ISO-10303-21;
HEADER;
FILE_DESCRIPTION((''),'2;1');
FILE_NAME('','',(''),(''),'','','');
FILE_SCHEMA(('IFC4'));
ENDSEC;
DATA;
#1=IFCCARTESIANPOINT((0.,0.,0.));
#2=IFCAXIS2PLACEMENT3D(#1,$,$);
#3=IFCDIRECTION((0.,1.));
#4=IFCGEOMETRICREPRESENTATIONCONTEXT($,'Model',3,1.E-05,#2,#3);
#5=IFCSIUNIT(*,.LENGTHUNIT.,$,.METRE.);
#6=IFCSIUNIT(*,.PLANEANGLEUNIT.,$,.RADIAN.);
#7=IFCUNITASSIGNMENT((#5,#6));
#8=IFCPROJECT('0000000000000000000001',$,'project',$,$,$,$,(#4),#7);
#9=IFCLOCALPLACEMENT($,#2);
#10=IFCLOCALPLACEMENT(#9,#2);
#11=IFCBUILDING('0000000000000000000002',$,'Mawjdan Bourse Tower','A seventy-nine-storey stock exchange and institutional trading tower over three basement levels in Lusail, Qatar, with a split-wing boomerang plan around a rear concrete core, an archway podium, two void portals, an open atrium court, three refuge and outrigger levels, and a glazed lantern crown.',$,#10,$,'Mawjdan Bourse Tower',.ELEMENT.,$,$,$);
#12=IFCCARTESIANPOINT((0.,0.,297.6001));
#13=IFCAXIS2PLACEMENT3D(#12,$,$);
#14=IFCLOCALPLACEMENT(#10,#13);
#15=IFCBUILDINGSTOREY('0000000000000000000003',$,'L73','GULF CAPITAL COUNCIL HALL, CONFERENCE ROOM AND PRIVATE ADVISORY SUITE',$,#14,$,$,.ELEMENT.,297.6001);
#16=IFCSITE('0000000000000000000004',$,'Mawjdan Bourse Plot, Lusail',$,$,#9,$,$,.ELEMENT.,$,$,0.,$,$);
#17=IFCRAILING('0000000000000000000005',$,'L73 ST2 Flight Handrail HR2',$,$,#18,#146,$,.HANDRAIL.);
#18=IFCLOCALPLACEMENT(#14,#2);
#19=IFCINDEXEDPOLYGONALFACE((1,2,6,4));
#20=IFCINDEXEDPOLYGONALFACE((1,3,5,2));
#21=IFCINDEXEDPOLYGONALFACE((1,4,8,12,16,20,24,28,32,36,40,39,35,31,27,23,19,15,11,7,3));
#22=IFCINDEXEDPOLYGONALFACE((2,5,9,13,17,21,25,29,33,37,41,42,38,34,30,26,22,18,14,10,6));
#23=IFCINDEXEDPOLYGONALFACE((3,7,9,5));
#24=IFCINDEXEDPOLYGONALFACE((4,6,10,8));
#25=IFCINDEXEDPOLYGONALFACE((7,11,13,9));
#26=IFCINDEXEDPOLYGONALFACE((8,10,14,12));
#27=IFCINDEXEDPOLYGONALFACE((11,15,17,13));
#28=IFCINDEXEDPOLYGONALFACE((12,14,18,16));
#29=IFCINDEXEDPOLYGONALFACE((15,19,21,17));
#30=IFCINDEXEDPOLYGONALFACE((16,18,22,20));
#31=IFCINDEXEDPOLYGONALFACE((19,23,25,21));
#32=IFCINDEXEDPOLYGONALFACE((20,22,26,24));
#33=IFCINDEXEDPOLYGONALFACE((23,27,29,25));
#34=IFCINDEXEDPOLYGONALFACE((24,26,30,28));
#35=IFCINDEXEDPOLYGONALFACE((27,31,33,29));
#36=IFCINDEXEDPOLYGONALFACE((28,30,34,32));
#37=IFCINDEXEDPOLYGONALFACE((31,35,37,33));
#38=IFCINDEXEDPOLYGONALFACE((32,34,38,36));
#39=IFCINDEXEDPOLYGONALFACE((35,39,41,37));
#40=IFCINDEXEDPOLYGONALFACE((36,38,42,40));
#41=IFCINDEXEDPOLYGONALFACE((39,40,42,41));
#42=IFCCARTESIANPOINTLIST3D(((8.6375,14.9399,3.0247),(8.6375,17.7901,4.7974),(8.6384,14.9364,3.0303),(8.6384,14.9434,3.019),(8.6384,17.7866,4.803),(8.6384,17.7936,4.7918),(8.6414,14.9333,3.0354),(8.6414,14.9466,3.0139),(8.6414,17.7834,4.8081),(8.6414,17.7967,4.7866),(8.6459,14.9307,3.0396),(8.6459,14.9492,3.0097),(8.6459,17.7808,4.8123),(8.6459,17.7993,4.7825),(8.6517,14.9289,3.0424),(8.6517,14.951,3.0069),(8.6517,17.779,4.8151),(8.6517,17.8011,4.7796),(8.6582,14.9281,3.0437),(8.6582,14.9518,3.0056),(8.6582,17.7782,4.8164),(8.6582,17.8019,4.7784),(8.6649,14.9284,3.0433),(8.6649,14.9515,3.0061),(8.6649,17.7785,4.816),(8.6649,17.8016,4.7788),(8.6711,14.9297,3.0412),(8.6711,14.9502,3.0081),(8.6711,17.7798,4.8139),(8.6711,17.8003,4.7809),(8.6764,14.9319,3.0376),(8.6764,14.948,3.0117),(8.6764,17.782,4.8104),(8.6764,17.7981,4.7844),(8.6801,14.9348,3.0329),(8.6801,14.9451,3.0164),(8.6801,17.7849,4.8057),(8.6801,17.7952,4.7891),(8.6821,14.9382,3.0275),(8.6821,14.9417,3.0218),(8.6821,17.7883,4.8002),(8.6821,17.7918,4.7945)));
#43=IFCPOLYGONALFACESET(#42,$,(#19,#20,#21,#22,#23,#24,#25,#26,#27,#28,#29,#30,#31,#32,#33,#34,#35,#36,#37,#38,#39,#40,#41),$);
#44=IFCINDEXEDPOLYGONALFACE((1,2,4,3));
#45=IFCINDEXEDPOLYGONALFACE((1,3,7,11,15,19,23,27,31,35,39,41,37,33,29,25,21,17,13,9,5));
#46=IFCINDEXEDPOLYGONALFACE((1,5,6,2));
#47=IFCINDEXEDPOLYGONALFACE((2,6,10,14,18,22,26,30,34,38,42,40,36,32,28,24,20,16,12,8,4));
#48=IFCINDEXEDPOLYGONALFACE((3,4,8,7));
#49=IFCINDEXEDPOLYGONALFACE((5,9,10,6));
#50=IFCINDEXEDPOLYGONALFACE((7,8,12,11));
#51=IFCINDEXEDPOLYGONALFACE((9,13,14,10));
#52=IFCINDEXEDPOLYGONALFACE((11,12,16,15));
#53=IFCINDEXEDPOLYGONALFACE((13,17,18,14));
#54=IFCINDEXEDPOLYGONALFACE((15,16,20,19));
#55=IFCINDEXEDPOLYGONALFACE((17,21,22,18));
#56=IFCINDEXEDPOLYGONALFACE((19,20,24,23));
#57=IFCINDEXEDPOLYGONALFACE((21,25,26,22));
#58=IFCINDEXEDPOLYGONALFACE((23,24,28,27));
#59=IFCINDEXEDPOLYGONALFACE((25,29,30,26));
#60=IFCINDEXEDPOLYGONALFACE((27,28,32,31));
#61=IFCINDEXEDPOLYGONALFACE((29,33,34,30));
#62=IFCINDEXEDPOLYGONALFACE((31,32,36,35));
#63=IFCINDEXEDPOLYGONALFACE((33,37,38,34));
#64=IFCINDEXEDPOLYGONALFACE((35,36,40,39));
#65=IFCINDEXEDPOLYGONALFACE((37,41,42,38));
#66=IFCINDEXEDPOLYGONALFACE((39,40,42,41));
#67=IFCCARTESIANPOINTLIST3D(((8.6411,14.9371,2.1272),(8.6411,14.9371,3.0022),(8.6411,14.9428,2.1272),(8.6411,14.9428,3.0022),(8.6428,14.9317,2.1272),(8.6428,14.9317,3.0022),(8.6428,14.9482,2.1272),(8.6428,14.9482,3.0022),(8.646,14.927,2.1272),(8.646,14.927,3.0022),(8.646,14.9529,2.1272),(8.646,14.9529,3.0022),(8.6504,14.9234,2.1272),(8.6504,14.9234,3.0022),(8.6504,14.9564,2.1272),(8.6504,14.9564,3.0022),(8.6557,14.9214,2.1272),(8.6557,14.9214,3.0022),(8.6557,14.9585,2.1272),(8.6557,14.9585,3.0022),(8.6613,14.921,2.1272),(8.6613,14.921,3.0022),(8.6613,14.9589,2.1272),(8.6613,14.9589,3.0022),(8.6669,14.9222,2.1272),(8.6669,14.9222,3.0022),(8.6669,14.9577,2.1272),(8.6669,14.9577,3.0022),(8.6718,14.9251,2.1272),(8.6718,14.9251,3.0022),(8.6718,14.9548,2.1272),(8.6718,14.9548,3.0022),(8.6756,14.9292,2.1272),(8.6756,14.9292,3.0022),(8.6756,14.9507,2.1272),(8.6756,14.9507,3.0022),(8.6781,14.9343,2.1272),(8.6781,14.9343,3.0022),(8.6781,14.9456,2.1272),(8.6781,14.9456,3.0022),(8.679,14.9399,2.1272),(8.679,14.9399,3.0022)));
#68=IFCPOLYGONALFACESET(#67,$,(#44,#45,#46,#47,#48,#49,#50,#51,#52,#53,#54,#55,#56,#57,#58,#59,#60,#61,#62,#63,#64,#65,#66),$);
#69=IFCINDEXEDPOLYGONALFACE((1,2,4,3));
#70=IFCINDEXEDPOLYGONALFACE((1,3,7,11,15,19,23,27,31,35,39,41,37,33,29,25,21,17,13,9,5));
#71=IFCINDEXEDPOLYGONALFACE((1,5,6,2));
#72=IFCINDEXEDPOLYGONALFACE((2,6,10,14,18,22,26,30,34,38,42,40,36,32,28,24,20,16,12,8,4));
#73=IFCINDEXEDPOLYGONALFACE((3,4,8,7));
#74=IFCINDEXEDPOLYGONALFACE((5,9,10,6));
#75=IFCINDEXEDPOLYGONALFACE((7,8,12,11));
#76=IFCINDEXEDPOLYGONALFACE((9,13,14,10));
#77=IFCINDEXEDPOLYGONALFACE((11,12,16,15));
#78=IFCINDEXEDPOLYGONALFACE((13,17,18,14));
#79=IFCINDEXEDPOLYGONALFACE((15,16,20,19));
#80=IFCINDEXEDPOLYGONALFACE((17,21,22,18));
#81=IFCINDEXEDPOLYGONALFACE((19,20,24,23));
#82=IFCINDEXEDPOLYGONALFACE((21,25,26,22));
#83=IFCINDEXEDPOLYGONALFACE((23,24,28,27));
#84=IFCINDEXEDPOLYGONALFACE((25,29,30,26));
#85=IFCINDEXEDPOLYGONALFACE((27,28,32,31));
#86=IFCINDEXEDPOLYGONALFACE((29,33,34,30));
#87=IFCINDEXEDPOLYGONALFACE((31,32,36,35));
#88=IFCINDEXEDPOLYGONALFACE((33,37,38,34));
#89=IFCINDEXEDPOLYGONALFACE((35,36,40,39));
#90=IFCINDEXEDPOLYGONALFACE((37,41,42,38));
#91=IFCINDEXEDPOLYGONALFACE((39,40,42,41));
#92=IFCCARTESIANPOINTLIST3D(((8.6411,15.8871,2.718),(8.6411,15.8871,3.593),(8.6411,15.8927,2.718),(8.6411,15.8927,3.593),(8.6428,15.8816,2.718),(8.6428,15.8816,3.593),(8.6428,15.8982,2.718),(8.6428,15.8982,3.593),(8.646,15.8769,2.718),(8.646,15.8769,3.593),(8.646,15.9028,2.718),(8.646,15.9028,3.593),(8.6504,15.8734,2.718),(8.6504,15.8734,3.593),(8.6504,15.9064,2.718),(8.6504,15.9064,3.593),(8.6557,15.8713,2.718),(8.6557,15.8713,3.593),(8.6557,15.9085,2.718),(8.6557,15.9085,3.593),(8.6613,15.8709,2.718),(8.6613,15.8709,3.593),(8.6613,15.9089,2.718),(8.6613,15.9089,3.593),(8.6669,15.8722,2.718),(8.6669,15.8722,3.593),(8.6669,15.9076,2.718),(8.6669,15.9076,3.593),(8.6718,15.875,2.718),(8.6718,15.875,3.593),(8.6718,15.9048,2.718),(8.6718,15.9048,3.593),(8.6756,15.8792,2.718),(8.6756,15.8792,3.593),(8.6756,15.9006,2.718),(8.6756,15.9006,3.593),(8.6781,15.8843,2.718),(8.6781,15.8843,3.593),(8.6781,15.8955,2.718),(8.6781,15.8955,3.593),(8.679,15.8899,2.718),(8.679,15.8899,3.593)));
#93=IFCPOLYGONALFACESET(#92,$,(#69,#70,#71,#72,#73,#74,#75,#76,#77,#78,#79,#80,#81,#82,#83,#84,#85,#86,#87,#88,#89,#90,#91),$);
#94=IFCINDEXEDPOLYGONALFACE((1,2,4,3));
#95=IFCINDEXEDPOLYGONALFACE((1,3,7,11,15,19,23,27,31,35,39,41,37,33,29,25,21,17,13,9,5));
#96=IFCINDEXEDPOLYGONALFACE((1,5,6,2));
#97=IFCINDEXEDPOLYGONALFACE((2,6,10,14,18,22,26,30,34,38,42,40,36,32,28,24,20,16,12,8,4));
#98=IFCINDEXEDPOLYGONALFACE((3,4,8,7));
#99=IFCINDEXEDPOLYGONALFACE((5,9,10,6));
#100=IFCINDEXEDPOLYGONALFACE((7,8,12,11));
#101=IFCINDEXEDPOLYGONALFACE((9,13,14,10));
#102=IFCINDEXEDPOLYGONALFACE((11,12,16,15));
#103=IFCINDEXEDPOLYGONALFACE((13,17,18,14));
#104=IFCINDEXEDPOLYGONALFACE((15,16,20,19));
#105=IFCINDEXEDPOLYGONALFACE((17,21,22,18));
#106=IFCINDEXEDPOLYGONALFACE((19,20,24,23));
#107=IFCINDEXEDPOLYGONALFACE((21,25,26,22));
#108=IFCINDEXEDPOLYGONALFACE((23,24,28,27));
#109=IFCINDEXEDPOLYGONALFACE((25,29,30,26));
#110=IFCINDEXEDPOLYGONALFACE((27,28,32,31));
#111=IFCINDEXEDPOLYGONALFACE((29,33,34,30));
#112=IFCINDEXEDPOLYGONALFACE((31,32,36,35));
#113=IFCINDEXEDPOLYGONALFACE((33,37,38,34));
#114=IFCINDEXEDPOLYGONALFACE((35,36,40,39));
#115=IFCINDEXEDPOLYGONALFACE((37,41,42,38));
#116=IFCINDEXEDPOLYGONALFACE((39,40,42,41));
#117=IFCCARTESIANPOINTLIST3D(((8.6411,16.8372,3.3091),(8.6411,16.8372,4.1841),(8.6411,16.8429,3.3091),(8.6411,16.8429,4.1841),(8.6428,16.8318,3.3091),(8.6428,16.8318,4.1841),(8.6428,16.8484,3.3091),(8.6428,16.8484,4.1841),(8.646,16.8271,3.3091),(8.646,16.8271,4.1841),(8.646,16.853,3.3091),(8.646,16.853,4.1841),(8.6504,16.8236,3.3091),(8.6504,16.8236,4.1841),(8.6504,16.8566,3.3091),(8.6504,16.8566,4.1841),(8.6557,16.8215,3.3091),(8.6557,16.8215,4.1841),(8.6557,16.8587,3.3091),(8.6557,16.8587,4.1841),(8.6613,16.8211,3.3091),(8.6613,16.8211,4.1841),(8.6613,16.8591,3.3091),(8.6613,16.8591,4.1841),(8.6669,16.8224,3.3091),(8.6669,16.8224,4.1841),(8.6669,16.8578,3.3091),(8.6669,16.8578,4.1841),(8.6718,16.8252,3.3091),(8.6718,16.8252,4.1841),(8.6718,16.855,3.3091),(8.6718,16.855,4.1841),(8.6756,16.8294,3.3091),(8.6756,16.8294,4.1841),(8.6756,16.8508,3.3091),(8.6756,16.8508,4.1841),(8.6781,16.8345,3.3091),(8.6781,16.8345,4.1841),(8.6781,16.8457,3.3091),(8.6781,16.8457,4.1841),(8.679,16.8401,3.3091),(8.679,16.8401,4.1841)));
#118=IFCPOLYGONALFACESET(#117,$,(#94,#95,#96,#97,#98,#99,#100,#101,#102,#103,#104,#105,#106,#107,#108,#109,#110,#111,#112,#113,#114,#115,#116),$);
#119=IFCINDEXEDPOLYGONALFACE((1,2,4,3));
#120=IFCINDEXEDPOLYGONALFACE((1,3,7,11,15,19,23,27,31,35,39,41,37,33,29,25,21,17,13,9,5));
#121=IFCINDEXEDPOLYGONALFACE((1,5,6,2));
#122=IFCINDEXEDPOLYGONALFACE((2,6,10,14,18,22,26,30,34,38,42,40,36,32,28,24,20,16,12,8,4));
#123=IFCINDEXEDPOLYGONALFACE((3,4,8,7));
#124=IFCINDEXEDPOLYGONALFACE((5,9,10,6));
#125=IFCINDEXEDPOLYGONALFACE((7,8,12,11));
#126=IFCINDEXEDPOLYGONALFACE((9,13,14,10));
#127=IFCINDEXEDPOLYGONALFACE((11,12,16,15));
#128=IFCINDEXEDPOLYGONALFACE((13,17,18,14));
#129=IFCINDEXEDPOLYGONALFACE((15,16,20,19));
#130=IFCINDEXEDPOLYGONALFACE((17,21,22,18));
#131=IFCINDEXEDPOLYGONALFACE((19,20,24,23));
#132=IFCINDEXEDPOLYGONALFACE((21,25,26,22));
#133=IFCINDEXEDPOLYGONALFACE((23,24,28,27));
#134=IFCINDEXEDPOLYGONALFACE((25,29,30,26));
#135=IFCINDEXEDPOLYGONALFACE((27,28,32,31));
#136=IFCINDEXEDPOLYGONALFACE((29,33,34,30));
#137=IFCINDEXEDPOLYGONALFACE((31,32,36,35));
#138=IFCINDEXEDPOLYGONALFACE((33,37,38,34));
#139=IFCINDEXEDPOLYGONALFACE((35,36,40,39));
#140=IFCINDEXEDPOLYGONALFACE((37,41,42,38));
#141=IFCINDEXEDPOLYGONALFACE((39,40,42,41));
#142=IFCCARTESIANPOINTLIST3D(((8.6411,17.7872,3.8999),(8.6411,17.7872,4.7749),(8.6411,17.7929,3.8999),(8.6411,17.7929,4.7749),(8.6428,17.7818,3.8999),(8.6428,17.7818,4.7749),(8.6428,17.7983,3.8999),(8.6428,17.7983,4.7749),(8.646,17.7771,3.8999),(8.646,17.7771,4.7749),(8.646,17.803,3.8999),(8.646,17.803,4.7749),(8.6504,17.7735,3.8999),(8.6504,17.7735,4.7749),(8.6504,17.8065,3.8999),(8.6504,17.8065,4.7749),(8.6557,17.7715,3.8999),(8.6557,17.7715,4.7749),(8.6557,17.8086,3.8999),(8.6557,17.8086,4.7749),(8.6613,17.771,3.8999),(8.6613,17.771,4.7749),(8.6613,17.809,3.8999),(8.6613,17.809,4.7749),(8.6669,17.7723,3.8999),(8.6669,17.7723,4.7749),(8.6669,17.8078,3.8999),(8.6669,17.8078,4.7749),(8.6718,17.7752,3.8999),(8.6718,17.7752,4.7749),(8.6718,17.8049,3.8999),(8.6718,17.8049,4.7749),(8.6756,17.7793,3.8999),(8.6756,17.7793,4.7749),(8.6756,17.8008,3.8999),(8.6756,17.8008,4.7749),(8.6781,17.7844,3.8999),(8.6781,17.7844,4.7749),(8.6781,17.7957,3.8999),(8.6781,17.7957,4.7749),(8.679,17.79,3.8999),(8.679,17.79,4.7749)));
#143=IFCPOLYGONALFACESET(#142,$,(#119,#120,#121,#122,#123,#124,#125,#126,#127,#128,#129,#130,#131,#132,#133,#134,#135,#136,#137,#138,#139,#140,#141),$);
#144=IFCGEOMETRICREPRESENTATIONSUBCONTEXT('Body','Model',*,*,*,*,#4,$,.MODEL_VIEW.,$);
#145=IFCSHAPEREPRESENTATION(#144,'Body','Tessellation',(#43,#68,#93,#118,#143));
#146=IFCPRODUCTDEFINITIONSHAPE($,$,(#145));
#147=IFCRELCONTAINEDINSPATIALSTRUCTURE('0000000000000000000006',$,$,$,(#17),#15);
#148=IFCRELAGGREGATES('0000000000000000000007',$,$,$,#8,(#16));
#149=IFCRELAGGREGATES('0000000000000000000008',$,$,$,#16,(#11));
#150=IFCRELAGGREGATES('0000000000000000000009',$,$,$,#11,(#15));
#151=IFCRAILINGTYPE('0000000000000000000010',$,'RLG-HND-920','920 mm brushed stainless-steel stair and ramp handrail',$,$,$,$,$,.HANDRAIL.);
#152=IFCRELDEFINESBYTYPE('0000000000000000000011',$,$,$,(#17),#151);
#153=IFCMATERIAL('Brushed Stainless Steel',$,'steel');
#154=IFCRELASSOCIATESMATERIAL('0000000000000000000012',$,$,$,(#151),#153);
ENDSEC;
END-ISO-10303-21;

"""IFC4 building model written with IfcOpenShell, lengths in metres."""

from ifc_helpers import new_model, si_unit, direction, frame, origin, origin_2d, place, context, subcontext, project, spatial, circle, extrude, material, type_object, element, save


model = new_model("IFC4")

# Units and contexts
model_context = context("Model", 3, precision=1e-05, world=origin(), true_north=direction((0.0, 1.0)))
body_context = subcontext(model_context, "Body", "Model", "MODEL_VIEW")
ifc_project = project(units=[si_unit("LENGTHUNIT", "METRE"), si_unit("PLANEANGLEUNIT", "RADIAN")], contexts=[model_context])

# Site, building, storey
site_placement = place(None, origin())
site = spatial("IfcSite", under=ifc_project, at=site_placement, Name="Mawjdan Bourse Plot, Lusail", CompositionType="ELEMENT", RefElevation=0.0)
building_placement = place(site_placement, origin())
building = spatial("IfcBuilding", under=site, at=building_placement, Name="Mawjdan Bourse Tower", Description="A seventy-nine-storey stock exchange and institutional trading tower over three basement levels in Lusail, Qatar, with a split-wing boomerang plan around a rear concrete core, an archway podium, two void portals, an open atrium court, three refuge and outrigger levels, and a glazed lantern crown.", LongName="Mawjdan Bourse Tower", CompositionType="ELEMENT")
storey_placement = place(building_placement, frame((0.0, 0.0, 297.6001)))
storey = spatial("IfcBuildingStorey", under=building, at=storey_placement, Name="L73", Description="GULF CAPITAL COUNCIL HALL, CONFERENCE ROOM AND PRIVATE ADVISORY SUITE", CompositionType="ELEMENT", Elevation=297.6001)

# Railing
ifc_material_1 = material(Name="Brushed Stainless Steel", Category="steel")
railing_type_1 = type_object("IfcRailingType", Name="RLG-HND-920", Description="920 mm brushed stainless-steel stair and ramp handrail", PredefinedType="HANDRAIL", material=ifc_material_1)
railing_placement = place(storey_placement, frame((8.6599, 14.9399, 2.1272)))
element("IfcRailing", 1, at=railing_placement, inside=storey, type_object=railing_type_1, Name="L73 ST2 Flight Handrail HR2", PredefinedType="HANDRAIL", context=body_context, shape_type="SweptSolid", body=[
    extrude(circle(Radius=0.0225, at=origin_2d()), frame((0.0, 0.0, 0.8975), z_axis=(0.0, 0.849149, 0.528154), x_axis=(-1.0, 0.0, 0.0)), (0.0, 0.0, 1.0), 3.3564),
    extrude(circle(Radius=0.019, at=origin_2d()), origin(), (0.0, 0.0, 1.0), 0.875),
    extrude(circle(Radius=0.019, at=origin_2d()), frame((0.0, 0.95, 0.5908)), (0.0, 0.0, 1.0), 0.875),
    extrude(circle(Radius=0.019, at=origin_2d()), frame((0.0, 1.9001, 1.1819)), (0.0, 0.0, 1.0), 0.875),
    extrude(circle(Radius=0.019, at=origin_2d()), frame((0.0, 2.8501, 1.7727)), (0.0, 0.0, 1.0), 0.875),
])

save(model, "model.ifc")
